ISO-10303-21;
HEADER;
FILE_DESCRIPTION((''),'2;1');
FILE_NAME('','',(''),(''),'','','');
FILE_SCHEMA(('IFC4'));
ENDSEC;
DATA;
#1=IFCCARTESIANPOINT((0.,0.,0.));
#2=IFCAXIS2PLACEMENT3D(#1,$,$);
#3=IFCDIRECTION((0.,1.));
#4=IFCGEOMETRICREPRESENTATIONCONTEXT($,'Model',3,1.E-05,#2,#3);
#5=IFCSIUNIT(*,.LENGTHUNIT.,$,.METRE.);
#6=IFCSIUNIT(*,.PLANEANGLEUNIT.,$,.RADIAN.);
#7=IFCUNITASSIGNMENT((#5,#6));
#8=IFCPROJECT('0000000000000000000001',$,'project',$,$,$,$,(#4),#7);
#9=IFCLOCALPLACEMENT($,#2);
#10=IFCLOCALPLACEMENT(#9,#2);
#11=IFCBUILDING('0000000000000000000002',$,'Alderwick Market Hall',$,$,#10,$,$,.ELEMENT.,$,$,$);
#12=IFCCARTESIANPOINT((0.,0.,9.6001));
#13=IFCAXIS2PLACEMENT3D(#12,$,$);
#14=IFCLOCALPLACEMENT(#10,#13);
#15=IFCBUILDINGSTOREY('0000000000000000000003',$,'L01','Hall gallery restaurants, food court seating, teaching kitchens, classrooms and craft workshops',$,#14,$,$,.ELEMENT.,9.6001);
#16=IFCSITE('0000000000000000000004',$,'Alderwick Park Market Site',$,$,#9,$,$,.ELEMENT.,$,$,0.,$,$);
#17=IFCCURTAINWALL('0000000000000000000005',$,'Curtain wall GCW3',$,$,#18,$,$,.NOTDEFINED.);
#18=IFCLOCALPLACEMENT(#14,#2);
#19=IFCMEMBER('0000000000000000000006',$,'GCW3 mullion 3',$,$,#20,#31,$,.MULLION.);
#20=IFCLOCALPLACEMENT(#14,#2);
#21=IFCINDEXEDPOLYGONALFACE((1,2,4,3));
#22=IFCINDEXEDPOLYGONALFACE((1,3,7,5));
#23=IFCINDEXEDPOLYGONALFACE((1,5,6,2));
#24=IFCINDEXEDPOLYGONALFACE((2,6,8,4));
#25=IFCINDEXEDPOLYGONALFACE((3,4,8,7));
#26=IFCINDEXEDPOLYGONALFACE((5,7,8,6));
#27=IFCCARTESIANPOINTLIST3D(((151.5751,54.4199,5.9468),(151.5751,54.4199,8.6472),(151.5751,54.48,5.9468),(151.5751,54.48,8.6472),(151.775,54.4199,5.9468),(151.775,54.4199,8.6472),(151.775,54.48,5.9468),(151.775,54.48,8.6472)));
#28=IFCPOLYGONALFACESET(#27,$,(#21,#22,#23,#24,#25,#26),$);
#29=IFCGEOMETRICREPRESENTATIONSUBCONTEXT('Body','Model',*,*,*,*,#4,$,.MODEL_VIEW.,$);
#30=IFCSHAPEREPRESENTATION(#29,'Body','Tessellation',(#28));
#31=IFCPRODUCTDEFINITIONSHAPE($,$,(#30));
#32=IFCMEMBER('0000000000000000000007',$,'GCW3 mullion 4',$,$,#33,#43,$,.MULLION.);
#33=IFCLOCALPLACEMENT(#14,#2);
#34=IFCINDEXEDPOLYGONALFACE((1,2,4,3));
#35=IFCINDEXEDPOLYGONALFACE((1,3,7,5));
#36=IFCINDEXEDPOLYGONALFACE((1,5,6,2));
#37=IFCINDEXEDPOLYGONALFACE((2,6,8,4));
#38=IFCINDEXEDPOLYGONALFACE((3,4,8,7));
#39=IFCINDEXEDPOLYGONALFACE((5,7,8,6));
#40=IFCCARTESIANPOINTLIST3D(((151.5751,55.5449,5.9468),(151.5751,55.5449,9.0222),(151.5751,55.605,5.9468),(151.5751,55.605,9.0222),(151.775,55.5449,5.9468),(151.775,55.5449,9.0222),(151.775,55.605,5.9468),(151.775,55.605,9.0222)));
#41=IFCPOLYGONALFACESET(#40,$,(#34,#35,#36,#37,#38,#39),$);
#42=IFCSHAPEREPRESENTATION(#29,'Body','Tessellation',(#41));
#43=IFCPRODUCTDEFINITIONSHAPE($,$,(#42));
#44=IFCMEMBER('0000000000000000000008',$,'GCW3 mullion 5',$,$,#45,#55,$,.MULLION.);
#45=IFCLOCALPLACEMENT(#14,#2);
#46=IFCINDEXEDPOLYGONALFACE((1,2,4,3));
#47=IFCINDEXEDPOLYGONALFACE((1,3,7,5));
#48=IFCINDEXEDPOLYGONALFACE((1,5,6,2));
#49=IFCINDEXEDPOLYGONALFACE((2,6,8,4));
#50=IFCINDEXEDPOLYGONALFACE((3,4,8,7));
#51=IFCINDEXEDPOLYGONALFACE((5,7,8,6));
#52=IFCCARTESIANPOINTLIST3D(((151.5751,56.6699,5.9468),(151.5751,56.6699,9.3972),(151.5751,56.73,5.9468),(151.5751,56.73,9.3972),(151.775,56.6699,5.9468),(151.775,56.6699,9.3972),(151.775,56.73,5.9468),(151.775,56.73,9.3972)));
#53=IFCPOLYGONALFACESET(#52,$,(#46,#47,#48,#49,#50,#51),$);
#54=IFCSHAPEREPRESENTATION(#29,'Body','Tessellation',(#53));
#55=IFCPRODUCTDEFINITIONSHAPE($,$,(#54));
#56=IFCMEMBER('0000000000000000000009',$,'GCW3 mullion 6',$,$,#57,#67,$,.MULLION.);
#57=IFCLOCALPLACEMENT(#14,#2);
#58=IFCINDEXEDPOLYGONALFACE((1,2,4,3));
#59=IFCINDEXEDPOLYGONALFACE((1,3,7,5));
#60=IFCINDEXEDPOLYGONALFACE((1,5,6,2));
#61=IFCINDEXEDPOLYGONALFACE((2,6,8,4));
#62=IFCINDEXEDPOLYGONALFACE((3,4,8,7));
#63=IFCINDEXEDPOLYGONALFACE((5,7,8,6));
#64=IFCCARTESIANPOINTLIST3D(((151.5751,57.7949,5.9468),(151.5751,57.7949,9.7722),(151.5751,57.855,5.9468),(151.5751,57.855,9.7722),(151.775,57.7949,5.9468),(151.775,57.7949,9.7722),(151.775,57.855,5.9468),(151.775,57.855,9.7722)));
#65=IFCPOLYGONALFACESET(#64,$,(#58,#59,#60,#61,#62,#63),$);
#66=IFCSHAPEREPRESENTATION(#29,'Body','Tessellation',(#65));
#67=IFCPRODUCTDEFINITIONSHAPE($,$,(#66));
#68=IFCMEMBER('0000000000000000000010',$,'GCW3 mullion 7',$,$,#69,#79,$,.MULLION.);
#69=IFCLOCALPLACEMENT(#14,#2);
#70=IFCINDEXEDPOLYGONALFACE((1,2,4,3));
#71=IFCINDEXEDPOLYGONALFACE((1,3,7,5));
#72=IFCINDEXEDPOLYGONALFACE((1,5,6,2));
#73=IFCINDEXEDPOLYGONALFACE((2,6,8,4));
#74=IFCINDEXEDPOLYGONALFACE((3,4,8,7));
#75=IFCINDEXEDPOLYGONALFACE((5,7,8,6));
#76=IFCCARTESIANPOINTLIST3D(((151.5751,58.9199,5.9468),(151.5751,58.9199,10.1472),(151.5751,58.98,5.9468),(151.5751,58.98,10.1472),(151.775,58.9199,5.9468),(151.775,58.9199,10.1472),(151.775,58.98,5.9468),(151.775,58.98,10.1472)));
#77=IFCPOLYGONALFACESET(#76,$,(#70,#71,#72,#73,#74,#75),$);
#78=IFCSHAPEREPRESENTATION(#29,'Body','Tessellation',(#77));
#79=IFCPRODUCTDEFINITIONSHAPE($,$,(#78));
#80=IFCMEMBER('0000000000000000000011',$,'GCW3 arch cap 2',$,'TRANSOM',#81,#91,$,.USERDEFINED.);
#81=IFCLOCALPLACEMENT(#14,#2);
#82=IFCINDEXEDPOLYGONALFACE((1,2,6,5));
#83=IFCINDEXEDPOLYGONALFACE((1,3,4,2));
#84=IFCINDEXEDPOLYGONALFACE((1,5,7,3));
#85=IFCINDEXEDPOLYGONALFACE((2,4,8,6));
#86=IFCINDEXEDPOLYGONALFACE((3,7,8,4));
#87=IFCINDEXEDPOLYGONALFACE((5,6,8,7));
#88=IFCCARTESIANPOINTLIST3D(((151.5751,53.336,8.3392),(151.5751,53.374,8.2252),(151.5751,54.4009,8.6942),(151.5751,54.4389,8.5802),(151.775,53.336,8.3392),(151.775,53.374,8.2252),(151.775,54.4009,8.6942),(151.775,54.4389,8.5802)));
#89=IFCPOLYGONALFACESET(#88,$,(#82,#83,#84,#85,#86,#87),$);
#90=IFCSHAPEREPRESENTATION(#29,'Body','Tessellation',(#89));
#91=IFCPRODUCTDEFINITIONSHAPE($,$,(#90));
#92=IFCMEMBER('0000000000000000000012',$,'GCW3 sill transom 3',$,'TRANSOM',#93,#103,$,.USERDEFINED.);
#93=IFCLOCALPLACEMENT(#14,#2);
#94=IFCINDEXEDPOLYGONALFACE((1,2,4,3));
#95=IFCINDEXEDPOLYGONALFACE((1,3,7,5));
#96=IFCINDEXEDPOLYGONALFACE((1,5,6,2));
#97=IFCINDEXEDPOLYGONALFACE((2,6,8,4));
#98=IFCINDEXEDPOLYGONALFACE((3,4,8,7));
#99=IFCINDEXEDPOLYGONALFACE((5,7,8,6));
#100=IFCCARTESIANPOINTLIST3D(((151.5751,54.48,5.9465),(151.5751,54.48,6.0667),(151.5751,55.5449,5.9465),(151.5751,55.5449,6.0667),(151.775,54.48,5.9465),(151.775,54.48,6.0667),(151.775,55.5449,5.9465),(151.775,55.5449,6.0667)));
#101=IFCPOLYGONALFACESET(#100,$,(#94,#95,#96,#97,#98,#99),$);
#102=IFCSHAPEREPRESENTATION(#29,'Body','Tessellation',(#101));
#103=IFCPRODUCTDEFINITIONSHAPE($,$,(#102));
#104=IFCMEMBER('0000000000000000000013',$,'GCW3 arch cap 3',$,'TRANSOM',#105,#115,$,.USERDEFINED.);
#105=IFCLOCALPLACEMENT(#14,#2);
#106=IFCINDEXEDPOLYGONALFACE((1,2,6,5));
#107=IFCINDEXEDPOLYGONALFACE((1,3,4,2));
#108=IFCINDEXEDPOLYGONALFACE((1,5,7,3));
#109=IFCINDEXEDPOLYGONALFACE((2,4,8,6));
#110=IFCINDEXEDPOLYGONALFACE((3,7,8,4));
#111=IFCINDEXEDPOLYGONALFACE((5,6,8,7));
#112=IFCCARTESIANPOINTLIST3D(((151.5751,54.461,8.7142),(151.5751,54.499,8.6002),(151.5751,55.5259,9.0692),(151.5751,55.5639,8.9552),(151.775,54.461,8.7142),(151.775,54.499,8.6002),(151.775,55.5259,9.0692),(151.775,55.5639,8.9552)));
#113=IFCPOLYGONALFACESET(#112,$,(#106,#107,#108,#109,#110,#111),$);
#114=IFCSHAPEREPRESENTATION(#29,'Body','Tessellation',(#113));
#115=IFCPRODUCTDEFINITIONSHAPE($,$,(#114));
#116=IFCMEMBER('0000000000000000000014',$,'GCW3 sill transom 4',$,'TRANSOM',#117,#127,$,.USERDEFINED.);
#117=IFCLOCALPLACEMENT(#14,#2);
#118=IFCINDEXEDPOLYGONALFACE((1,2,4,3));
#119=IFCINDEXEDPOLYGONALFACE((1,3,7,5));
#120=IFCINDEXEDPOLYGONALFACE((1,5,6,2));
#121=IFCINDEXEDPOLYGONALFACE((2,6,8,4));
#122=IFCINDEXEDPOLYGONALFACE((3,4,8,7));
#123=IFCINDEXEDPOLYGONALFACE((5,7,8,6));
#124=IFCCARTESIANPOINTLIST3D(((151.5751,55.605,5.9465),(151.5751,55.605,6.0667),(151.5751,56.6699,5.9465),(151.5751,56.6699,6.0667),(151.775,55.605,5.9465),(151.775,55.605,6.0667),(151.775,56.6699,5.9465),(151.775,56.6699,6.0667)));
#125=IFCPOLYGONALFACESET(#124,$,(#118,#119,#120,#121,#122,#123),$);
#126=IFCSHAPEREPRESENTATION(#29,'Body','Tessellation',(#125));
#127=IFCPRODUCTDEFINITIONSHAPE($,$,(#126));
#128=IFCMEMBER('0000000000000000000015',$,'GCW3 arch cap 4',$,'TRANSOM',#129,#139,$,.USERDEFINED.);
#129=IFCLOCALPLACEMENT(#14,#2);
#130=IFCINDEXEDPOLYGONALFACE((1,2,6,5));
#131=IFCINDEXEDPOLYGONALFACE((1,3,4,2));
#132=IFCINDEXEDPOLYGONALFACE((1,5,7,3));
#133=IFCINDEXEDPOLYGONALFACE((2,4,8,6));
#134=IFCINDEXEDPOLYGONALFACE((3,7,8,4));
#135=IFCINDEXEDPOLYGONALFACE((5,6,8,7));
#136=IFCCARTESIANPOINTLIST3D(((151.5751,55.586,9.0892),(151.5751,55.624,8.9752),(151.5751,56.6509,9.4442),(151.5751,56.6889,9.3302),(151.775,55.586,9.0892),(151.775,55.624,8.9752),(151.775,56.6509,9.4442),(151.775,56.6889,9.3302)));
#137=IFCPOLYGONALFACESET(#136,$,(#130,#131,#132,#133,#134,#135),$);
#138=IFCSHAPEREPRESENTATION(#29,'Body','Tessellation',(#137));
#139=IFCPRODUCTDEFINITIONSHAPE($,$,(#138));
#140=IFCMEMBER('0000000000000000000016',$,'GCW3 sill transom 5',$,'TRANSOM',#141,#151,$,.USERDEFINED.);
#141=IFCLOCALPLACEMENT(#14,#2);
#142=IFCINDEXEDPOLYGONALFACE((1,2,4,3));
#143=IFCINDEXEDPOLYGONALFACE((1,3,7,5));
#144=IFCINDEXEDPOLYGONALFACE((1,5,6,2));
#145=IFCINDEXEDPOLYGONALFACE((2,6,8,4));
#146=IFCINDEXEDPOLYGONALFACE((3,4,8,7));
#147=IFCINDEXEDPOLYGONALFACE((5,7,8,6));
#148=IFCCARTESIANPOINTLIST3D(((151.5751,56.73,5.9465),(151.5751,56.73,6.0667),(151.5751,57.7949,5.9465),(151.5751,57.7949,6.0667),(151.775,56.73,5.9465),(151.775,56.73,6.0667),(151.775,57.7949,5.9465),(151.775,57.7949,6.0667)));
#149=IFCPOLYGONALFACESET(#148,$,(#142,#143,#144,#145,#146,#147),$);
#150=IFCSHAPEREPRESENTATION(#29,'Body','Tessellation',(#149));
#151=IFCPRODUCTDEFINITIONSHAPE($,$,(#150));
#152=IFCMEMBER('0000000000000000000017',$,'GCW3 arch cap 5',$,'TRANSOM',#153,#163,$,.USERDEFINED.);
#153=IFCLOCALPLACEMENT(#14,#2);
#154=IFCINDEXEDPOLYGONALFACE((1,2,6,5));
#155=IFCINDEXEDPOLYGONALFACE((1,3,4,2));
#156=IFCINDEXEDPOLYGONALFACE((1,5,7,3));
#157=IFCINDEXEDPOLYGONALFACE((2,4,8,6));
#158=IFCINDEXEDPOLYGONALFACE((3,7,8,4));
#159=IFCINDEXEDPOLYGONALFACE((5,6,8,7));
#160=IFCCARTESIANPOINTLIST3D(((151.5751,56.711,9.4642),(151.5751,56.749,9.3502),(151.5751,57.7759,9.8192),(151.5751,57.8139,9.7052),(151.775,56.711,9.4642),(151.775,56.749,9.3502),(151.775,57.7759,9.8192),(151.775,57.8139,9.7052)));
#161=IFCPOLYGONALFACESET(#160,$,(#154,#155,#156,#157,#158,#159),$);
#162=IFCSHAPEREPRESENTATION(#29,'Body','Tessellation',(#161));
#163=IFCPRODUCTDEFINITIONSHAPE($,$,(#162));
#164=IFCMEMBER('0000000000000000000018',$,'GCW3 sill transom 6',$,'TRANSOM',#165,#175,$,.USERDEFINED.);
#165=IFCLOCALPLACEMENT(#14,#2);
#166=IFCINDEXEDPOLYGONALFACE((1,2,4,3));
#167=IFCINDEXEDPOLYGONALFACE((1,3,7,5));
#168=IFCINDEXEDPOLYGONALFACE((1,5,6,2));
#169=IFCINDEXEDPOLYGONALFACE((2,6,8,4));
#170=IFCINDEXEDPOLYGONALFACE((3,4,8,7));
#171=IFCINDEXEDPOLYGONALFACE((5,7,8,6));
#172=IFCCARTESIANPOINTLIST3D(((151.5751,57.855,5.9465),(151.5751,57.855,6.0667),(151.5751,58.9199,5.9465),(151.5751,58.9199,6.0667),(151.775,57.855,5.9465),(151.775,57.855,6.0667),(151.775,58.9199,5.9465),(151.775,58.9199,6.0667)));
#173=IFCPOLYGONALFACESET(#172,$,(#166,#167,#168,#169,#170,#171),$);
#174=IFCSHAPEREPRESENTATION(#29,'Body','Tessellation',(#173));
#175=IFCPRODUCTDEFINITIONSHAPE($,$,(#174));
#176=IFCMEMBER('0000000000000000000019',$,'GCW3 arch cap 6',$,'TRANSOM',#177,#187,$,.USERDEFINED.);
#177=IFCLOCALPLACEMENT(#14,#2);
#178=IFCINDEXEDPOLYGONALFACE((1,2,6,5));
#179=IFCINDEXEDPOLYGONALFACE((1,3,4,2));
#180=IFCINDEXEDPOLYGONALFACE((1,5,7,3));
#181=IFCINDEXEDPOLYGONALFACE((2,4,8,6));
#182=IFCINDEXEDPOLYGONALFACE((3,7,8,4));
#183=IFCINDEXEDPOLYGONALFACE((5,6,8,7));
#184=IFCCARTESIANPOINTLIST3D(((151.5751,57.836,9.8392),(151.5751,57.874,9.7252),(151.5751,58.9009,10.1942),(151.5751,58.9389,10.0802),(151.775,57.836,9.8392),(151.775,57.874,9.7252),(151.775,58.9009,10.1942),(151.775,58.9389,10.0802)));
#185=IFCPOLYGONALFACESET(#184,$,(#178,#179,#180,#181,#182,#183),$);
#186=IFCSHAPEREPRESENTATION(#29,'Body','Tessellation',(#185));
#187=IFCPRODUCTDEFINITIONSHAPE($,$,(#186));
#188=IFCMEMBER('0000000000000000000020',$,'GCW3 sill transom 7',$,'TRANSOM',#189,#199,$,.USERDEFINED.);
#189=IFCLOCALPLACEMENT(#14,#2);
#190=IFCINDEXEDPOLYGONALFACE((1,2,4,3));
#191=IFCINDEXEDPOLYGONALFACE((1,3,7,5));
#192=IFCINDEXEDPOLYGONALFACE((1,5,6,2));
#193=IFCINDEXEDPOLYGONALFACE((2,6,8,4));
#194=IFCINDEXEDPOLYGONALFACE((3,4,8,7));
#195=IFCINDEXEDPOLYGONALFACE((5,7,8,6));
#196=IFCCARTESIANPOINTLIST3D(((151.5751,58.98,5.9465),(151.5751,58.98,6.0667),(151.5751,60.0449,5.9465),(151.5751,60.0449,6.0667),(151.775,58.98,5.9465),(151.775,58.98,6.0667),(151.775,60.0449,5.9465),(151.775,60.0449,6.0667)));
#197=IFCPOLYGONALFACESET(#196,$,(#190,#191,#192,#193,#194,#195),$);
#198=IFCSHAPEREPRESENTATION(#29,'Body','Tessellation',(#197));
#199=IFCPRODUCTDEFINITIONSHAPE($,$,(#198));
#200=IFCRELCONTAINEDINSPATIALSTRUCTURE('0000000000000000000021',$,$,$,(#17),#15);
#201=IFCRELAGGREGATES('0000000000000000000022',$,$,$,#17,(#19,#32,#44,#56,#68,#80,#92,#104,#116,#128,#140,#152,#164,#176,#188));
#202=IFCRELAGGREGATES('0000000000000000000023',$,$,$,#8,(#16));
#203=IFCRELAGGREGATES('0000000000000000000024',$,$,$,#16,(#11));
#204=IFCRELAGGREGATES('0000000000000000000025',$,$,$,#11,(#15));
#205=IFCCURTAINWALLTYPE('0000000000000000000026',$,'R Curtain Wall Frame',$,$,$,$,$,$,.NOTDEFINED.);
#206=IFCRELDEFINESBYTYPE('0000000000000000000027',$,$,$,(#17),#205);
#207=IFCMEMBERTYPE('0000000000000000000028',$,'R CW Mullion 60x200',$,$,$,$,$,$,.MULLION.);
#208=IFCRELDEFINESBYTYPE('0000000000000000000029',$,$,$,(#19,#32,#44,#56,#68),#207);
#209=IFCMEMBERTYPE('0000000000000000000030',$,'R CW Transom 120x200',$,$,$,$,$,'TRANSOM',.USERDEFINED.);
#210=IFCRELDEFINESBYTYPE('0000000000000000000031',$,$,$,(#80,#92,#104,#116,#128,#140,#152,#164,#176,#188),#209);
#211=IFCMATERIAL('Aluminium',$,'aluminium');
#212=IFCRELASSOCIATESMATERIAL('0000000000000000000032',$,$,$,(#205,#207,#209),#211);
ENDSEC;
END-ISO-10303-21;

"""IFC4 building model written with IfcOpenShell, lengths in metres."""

from ifc_helpers import new_model, si_unit, direction, frame, origin, origin_2d, place, context, subcontext, project, spatial, rectangle, extrude, material, material_profile, profile_set, type_object, element, aggregate, save


model = new_model("IFC4")

# Units and contexts
model_context = context("Model", 3, precision=1e-05, world=origin(), true_north=direction((0.0, 1.0)))
body_context = subcontext(model_context, "Body", "Model", "MODEL_VIEW")
ifc_project = project(units=[si_unit("LENGTHUNIT", "METRE"), si_unit("PLANEANGLEUNIT", "RADIAN")], contexts=[model_context])

# Site, building, storey
site_placement = place(None, origin())
site = spatial("IfcSite", under=ifc_project, at=site_placement, Name="Alderwick Park Market Site", CompositionType="ELEMENT", RefElevation=0.0)
building_placement = place(site_placement, origin())
building = spatial("IfcBuilding", under=site, at=building_placement, Name="Alderwick Market Hall", CompositionType="ELEMENT")
storey_placement = place(building_placement, frame((0.0, 0.0, 9.6001)))
storey = spatial("IfcBuildingStorey", under=building, at=storey_placement, Name="L01", Description="Hall gallery restaurants, food court seating, teaching kitchens, classrooms and craft workshops", CompositionType="ELEMENT", Elevation=9.6001)

# Curtain wall, members
ifc_material_1 = material(Name="Aluminium", Category="aluminium")
curtain_wall_type = type_object("IfcCurtainWallType", Name="R Curtain Wall Frame", PredefinedType="NOTDEFINED", material=ifc_material_1)
curtain_wall_placement = place(storey_placement, origin())
curtain_wall = element("IfcCurtainWall", 1, at=curtain_wall_placement, inside=storey, type_object=curtain_wall_type, Name="Curtain wall GCW3", PredefinedType="NOTDEFINED")
ifc_material_profile_1 = material_profile(ifc_material_1, rectangle(XDim=0.2, YDim=0.0601, at=origin_2d()), Name="AL 60x200")
ifc_profile_set_1 = profile_set([ifc_material_profile_1], Name="Aluminium")
member_type_1 = type_object("IfcMemberType", Name="R CW Mullion 60x200", PredefinedType="MULLION", material=ifc_profile_set_1)
member_1_placement = place(storey_placement, frame((151.675, 54.45, 5.9468), z_axis=(0.0, 0.0, 1.0), x_axis=(1.0, 0.0, 0.0)))
member_1 = element("IfcMember", 2, at=member_1_placement, type_object=member_type_1, Name="GCW3 mullion 3", PredefinedType="MULLION", context=body_context, shape_type="SweptSolid", body=[
    extrude(rectangle(XDim=0.2, YDim=0.0601, at=origin_2d()), origin(), (0.0, 0.0, 1.0), 2.7004),
])
member_2_placement = place(storey_placement, frame((151.675, 55.575, 5.9468), z_axis=(0.0, 0.0, 1.0), x_axis=(1.0, 0.0, 0.0)))
member_2 = element("IfcMember", 3, at=member_2_placement, type_object=member_type_1, Name="GCW3 mullion 4", PredefinedType="MULLION", context=body_context, shape_type="SweptSolid", body=[
    extrude(rectangle(XDim=0.2, YDim=0.0601, at=origin_2d()), origin(), (0.0, 0.0, 1.0), 3.0754),
])
member_3_placement = place(storey_placement, frame((151.675, 56.7, 5.9468), z_axis=(0.0, 0.0, 1.0), x_axis=(1.0, 0.0, 0.0)))
member_3 = element("IfcMember", 4, at=member_3_placement, type_object=member_type_1, Name="GCW3 mullion 5", PredefinedType="MULLION", context=body_context, shape_type="SweptSolid", body=[
    extrude(rectangle(XDim=0.2, YDim=0.0601, at=origin_2d()), origin(), (0.0, 0.0, 1.0), 3.4504),
])
member_4_placement = place(storey_placement, frame((151.675, 57.825, 5.9468), z_axis=(0.0, 0.0, 1.0), x_axis=(1.0, 0.0, 0.0)))
member_4 = element("IfcMember", 5, at=member_4_placement, type_object=member_type_1, Name="GCW3 mullion 6", PredefinedType="MULLION", context=body_context, shape_type="SweptSolid", body=[
    extrude(rectangle(XDim=0.2, YDim=0.0601, at=origin_2d()), origin(), (0.0, 0.0, 1.0), 3.8254),
])
member_5_placement = place(storey_placement, frame((151.675, 58.95, 5.9468), z_axis=(0.0, 0.0, 1.0), x_axis=(1.0, 0.0, 0.0)))
member_5 = element("IfcMember", 6, at=member_5_placement, type_object=member_type_1, Name="GCW3 mullion 7", PredefinedType="MULLION", context=body_context, shape_type="SweptSolid", body=[
    extrude(rectangle(XDim=0.2, YDim=0.0601, at=origin_2d()), origin(), (0.0, 0.0, 1.0), 4.2004),
])
ifc_material_profile_2 = material_profile(ifc_material_1, rectangle(XDim=0.2, YDim=0.1201, at=origin_2d()), Name="AL 120x200")
ifc_profile_set_2 = profile_set([ifc_material_profile_2], Name="Aluminium")
member_type_2 = type_object("IfcMemberType", Name="R CW Transom 120x200", ElementType="TRANSOM", PredefinedType="USERDEFINED", material=ifc_profile_set_2)
member_6_placement = place(storey_placement, frame((151.675, 53.355, 8.2822), z_axis=(0.0, 0.948683, 0.316228), x_axis=(-1.0, 0.0, 0.0)))
member_6 = element("IfcMember", 7, at=member_6_placement, type_object=member_type_2, Name="GCW3 arch cap 2", ObjectType="TRANSOM", PredefinedType="USERDEFINED", context=body_context, shape_type="SweptSolid", body=[
    extrude(rectangle(XDim=0.2, YDim=0.1201, at=origin_2d()), origin(), (0.0, 0.0, 1.0), 1.1226),
])
member_7_placement = place(storey_placement, frame((151.675, 54.48, 6.0066), z_axis=(0.0, 1.0, 0.0), x_axis=(-1.0, 0.0, 0.0)))
member_7 = element("IfcMember", 8, at=member_7_placement, type_object=member_type_2, Name="GCW3 sill transom 3", ObjectType="TRANSOM", PredefinedType="USERDEFINED", context=body_context, shape_type="SweptSolid", body=[
    extrude(rectangle(XDim=0.2, YDim=0.1201, at=origin_2d()), origin(), (0.0, 0.0, 1.0), 1.0649),
])
member_8_placement = place(storey_placement, frame((151.675, 54.48, 8.6572), z_axis=(0.0, 0.948683, 0.316228), x_axis=(-1.0, 0.0, 0.0)))
member_8 = element("IfcMember", 9, at=member_8_placement, type_object=member_type_2, Name="GCW3 arch cap 3", ObjectType="TRANSOM", PredefinedType="USERDEFINED", context=body_context, shape_type="SweptSolid", body=[
    extrude(rectangle(XDim=0.2, YDim=0.1201, at=origin_2d()), origin(), (0.0, 0.0, 1.0), 1.1226),
])
member_9_placement = place(storey_placement, frame((151.675, 55.605, 6.0066), z_axis=(0.0, 1.0, 0.0), x_axis=(-1.0, 0.0, 0.0)))
member_9 = element("IfcMember", 10, at=member_9_placement, type_object=member_type_2, Name="GCW3 sill transom 4", ObjectType="TRANSOM", PredefinedType="USERDEFINED", context=body_context, shape_type="SweptSolid", body=[
    extrude(rectangle(XDim=0.2, YDim=0.1201, at=origin_2d()), origin(), (0.0, 0.0, 1.0), 1.0649),
])
member_10_placement = place(storey_placement, frame((151.675, 55.605, 9.0322), z_axis=(0.0, 0.948683, 0.316228), x_axis=(-1.0, 0.0, 0.0)))
member_10 = element("IfcMember", 11, at=member_10_placement, type_object=member_type_2, Name="GCW3 arch cap 4", ObjectType="TRANSOM", PredefinedType="USERDEFINED", context=body_context, shape_type="SweptSolid", body=[
    extrude(rectangle(XDim=0.2, YDim=0.1201, at=origin_2d()), origin(), (0.0, 0.0, 1.0), 1.1226),
])
member_11_placement = place(storey_placement, frame((151.675, 56.73, 6.0066), z_axis=(0.0, 1.0, 0.0), x_axis=(-1.0, 0.0, 0.0)))
member_11 = element("IfcMember", 12, at=member_11_placement, type_object=member_type_2, Name="GCW3 sill transom 5", ObjectType="TRANSOM", PredefinedType="USERDEFINED", context=body_context, shape_type="SweptSolid", body=[
    extrude(rectangle(XDim=0.2, YDim=0.1201, at=origin_2d()), origin(), (0.0, 0.0, 1.0), 1.0649),
])
member_12_placement = place(storey_placement, frame((151.675, 56.73, 9.4072), z_axis=(0.0, 0.948683, 0.316228), x_axis=(-1.0, 0.0, 0.0)))
member_12 = element("IfcMember", 13, at=member_12_placement, type_object=member_type_2, Name="GCW3 arch cap 5", ObjectType="TRANSOM", PredefinedType="USERDEFINED", context=body_context, shape_type="SweptSolid", body=[
    extrude(rectangle(XDim=0.2, YDim=0.1201, at=origin_2d()), origin(), (0.0, 0.0, 1.0), 1.1226),
])
member_13_placement = place(storey_placement, frame((151.675, 57.855, 6.0066), z_axis=(0.0, 1.0, 0.0), x_axis=(-1.0, 0.0, 0.0)))
member_13 = element("IfcMember", 14, at=member_13_placement, type_object=member_type_2, Name="GCW3 sill transom 6", ObjectType="TRANSOM", PredefinedType="USERDEFINED", context=body_context, shape_type="SweptSolid", body=[
    extrude(rectangle(XDim=0.2, YDim=0.1201, at=origin_2d()), origin(), (0.0, 0.0, 1.0), 1.0649),
])
member_14_placement = place(storey_placement, frame((151.675, 57.855, 9.7822), z_axis=(0.0, 0.948683, 0.316228), x_axis=(-1.0, 0.0, 0.0)))
member_14 = element("IfcMember", 15, at=member_14_placement, type_object=member_type_2, Name="GCW3 arch cap 6", ObjectType="TRANSOM", PredefinedType="USERDEFINED", context=body_context, shape_type="SweptSolid", body=[
    extrude(rectangle(XDim=0.2, YDim=0.1201, at=origin_2d()), origin(), (0.0, 0.0, 1.0), 1.1226),
])
member_15_placement = place(storey_placement, frame((151.675, 58.98, 6.0066), z_axis=(0.0, 1.0, 0.0), x_axis=(-1.0, 0.0, 0.0)))
member_15 = element("IfcMember", 16, at=member_15_placement, type_object=member_type_2, Name="GCW3 sill transom 7", ObjectType="TRANSOM", PredefinedType="USERDEFINED", context=body_context, shape_type="SweptSolid", body=[
    extrude(rectangle(XDim=0.2, YDim=0.1201, at=origin_2d()), origin(), (0.0, 0.0, 1.0), 1.0649),
])
aggregate(curtain_wall, [member_1, member_2, member_3, member_4, member_5, member_6, member_7, member_8, member_9, member_10, member_11, member_12, member_13, member_14, member_15])

save(model, "model.ifc")
